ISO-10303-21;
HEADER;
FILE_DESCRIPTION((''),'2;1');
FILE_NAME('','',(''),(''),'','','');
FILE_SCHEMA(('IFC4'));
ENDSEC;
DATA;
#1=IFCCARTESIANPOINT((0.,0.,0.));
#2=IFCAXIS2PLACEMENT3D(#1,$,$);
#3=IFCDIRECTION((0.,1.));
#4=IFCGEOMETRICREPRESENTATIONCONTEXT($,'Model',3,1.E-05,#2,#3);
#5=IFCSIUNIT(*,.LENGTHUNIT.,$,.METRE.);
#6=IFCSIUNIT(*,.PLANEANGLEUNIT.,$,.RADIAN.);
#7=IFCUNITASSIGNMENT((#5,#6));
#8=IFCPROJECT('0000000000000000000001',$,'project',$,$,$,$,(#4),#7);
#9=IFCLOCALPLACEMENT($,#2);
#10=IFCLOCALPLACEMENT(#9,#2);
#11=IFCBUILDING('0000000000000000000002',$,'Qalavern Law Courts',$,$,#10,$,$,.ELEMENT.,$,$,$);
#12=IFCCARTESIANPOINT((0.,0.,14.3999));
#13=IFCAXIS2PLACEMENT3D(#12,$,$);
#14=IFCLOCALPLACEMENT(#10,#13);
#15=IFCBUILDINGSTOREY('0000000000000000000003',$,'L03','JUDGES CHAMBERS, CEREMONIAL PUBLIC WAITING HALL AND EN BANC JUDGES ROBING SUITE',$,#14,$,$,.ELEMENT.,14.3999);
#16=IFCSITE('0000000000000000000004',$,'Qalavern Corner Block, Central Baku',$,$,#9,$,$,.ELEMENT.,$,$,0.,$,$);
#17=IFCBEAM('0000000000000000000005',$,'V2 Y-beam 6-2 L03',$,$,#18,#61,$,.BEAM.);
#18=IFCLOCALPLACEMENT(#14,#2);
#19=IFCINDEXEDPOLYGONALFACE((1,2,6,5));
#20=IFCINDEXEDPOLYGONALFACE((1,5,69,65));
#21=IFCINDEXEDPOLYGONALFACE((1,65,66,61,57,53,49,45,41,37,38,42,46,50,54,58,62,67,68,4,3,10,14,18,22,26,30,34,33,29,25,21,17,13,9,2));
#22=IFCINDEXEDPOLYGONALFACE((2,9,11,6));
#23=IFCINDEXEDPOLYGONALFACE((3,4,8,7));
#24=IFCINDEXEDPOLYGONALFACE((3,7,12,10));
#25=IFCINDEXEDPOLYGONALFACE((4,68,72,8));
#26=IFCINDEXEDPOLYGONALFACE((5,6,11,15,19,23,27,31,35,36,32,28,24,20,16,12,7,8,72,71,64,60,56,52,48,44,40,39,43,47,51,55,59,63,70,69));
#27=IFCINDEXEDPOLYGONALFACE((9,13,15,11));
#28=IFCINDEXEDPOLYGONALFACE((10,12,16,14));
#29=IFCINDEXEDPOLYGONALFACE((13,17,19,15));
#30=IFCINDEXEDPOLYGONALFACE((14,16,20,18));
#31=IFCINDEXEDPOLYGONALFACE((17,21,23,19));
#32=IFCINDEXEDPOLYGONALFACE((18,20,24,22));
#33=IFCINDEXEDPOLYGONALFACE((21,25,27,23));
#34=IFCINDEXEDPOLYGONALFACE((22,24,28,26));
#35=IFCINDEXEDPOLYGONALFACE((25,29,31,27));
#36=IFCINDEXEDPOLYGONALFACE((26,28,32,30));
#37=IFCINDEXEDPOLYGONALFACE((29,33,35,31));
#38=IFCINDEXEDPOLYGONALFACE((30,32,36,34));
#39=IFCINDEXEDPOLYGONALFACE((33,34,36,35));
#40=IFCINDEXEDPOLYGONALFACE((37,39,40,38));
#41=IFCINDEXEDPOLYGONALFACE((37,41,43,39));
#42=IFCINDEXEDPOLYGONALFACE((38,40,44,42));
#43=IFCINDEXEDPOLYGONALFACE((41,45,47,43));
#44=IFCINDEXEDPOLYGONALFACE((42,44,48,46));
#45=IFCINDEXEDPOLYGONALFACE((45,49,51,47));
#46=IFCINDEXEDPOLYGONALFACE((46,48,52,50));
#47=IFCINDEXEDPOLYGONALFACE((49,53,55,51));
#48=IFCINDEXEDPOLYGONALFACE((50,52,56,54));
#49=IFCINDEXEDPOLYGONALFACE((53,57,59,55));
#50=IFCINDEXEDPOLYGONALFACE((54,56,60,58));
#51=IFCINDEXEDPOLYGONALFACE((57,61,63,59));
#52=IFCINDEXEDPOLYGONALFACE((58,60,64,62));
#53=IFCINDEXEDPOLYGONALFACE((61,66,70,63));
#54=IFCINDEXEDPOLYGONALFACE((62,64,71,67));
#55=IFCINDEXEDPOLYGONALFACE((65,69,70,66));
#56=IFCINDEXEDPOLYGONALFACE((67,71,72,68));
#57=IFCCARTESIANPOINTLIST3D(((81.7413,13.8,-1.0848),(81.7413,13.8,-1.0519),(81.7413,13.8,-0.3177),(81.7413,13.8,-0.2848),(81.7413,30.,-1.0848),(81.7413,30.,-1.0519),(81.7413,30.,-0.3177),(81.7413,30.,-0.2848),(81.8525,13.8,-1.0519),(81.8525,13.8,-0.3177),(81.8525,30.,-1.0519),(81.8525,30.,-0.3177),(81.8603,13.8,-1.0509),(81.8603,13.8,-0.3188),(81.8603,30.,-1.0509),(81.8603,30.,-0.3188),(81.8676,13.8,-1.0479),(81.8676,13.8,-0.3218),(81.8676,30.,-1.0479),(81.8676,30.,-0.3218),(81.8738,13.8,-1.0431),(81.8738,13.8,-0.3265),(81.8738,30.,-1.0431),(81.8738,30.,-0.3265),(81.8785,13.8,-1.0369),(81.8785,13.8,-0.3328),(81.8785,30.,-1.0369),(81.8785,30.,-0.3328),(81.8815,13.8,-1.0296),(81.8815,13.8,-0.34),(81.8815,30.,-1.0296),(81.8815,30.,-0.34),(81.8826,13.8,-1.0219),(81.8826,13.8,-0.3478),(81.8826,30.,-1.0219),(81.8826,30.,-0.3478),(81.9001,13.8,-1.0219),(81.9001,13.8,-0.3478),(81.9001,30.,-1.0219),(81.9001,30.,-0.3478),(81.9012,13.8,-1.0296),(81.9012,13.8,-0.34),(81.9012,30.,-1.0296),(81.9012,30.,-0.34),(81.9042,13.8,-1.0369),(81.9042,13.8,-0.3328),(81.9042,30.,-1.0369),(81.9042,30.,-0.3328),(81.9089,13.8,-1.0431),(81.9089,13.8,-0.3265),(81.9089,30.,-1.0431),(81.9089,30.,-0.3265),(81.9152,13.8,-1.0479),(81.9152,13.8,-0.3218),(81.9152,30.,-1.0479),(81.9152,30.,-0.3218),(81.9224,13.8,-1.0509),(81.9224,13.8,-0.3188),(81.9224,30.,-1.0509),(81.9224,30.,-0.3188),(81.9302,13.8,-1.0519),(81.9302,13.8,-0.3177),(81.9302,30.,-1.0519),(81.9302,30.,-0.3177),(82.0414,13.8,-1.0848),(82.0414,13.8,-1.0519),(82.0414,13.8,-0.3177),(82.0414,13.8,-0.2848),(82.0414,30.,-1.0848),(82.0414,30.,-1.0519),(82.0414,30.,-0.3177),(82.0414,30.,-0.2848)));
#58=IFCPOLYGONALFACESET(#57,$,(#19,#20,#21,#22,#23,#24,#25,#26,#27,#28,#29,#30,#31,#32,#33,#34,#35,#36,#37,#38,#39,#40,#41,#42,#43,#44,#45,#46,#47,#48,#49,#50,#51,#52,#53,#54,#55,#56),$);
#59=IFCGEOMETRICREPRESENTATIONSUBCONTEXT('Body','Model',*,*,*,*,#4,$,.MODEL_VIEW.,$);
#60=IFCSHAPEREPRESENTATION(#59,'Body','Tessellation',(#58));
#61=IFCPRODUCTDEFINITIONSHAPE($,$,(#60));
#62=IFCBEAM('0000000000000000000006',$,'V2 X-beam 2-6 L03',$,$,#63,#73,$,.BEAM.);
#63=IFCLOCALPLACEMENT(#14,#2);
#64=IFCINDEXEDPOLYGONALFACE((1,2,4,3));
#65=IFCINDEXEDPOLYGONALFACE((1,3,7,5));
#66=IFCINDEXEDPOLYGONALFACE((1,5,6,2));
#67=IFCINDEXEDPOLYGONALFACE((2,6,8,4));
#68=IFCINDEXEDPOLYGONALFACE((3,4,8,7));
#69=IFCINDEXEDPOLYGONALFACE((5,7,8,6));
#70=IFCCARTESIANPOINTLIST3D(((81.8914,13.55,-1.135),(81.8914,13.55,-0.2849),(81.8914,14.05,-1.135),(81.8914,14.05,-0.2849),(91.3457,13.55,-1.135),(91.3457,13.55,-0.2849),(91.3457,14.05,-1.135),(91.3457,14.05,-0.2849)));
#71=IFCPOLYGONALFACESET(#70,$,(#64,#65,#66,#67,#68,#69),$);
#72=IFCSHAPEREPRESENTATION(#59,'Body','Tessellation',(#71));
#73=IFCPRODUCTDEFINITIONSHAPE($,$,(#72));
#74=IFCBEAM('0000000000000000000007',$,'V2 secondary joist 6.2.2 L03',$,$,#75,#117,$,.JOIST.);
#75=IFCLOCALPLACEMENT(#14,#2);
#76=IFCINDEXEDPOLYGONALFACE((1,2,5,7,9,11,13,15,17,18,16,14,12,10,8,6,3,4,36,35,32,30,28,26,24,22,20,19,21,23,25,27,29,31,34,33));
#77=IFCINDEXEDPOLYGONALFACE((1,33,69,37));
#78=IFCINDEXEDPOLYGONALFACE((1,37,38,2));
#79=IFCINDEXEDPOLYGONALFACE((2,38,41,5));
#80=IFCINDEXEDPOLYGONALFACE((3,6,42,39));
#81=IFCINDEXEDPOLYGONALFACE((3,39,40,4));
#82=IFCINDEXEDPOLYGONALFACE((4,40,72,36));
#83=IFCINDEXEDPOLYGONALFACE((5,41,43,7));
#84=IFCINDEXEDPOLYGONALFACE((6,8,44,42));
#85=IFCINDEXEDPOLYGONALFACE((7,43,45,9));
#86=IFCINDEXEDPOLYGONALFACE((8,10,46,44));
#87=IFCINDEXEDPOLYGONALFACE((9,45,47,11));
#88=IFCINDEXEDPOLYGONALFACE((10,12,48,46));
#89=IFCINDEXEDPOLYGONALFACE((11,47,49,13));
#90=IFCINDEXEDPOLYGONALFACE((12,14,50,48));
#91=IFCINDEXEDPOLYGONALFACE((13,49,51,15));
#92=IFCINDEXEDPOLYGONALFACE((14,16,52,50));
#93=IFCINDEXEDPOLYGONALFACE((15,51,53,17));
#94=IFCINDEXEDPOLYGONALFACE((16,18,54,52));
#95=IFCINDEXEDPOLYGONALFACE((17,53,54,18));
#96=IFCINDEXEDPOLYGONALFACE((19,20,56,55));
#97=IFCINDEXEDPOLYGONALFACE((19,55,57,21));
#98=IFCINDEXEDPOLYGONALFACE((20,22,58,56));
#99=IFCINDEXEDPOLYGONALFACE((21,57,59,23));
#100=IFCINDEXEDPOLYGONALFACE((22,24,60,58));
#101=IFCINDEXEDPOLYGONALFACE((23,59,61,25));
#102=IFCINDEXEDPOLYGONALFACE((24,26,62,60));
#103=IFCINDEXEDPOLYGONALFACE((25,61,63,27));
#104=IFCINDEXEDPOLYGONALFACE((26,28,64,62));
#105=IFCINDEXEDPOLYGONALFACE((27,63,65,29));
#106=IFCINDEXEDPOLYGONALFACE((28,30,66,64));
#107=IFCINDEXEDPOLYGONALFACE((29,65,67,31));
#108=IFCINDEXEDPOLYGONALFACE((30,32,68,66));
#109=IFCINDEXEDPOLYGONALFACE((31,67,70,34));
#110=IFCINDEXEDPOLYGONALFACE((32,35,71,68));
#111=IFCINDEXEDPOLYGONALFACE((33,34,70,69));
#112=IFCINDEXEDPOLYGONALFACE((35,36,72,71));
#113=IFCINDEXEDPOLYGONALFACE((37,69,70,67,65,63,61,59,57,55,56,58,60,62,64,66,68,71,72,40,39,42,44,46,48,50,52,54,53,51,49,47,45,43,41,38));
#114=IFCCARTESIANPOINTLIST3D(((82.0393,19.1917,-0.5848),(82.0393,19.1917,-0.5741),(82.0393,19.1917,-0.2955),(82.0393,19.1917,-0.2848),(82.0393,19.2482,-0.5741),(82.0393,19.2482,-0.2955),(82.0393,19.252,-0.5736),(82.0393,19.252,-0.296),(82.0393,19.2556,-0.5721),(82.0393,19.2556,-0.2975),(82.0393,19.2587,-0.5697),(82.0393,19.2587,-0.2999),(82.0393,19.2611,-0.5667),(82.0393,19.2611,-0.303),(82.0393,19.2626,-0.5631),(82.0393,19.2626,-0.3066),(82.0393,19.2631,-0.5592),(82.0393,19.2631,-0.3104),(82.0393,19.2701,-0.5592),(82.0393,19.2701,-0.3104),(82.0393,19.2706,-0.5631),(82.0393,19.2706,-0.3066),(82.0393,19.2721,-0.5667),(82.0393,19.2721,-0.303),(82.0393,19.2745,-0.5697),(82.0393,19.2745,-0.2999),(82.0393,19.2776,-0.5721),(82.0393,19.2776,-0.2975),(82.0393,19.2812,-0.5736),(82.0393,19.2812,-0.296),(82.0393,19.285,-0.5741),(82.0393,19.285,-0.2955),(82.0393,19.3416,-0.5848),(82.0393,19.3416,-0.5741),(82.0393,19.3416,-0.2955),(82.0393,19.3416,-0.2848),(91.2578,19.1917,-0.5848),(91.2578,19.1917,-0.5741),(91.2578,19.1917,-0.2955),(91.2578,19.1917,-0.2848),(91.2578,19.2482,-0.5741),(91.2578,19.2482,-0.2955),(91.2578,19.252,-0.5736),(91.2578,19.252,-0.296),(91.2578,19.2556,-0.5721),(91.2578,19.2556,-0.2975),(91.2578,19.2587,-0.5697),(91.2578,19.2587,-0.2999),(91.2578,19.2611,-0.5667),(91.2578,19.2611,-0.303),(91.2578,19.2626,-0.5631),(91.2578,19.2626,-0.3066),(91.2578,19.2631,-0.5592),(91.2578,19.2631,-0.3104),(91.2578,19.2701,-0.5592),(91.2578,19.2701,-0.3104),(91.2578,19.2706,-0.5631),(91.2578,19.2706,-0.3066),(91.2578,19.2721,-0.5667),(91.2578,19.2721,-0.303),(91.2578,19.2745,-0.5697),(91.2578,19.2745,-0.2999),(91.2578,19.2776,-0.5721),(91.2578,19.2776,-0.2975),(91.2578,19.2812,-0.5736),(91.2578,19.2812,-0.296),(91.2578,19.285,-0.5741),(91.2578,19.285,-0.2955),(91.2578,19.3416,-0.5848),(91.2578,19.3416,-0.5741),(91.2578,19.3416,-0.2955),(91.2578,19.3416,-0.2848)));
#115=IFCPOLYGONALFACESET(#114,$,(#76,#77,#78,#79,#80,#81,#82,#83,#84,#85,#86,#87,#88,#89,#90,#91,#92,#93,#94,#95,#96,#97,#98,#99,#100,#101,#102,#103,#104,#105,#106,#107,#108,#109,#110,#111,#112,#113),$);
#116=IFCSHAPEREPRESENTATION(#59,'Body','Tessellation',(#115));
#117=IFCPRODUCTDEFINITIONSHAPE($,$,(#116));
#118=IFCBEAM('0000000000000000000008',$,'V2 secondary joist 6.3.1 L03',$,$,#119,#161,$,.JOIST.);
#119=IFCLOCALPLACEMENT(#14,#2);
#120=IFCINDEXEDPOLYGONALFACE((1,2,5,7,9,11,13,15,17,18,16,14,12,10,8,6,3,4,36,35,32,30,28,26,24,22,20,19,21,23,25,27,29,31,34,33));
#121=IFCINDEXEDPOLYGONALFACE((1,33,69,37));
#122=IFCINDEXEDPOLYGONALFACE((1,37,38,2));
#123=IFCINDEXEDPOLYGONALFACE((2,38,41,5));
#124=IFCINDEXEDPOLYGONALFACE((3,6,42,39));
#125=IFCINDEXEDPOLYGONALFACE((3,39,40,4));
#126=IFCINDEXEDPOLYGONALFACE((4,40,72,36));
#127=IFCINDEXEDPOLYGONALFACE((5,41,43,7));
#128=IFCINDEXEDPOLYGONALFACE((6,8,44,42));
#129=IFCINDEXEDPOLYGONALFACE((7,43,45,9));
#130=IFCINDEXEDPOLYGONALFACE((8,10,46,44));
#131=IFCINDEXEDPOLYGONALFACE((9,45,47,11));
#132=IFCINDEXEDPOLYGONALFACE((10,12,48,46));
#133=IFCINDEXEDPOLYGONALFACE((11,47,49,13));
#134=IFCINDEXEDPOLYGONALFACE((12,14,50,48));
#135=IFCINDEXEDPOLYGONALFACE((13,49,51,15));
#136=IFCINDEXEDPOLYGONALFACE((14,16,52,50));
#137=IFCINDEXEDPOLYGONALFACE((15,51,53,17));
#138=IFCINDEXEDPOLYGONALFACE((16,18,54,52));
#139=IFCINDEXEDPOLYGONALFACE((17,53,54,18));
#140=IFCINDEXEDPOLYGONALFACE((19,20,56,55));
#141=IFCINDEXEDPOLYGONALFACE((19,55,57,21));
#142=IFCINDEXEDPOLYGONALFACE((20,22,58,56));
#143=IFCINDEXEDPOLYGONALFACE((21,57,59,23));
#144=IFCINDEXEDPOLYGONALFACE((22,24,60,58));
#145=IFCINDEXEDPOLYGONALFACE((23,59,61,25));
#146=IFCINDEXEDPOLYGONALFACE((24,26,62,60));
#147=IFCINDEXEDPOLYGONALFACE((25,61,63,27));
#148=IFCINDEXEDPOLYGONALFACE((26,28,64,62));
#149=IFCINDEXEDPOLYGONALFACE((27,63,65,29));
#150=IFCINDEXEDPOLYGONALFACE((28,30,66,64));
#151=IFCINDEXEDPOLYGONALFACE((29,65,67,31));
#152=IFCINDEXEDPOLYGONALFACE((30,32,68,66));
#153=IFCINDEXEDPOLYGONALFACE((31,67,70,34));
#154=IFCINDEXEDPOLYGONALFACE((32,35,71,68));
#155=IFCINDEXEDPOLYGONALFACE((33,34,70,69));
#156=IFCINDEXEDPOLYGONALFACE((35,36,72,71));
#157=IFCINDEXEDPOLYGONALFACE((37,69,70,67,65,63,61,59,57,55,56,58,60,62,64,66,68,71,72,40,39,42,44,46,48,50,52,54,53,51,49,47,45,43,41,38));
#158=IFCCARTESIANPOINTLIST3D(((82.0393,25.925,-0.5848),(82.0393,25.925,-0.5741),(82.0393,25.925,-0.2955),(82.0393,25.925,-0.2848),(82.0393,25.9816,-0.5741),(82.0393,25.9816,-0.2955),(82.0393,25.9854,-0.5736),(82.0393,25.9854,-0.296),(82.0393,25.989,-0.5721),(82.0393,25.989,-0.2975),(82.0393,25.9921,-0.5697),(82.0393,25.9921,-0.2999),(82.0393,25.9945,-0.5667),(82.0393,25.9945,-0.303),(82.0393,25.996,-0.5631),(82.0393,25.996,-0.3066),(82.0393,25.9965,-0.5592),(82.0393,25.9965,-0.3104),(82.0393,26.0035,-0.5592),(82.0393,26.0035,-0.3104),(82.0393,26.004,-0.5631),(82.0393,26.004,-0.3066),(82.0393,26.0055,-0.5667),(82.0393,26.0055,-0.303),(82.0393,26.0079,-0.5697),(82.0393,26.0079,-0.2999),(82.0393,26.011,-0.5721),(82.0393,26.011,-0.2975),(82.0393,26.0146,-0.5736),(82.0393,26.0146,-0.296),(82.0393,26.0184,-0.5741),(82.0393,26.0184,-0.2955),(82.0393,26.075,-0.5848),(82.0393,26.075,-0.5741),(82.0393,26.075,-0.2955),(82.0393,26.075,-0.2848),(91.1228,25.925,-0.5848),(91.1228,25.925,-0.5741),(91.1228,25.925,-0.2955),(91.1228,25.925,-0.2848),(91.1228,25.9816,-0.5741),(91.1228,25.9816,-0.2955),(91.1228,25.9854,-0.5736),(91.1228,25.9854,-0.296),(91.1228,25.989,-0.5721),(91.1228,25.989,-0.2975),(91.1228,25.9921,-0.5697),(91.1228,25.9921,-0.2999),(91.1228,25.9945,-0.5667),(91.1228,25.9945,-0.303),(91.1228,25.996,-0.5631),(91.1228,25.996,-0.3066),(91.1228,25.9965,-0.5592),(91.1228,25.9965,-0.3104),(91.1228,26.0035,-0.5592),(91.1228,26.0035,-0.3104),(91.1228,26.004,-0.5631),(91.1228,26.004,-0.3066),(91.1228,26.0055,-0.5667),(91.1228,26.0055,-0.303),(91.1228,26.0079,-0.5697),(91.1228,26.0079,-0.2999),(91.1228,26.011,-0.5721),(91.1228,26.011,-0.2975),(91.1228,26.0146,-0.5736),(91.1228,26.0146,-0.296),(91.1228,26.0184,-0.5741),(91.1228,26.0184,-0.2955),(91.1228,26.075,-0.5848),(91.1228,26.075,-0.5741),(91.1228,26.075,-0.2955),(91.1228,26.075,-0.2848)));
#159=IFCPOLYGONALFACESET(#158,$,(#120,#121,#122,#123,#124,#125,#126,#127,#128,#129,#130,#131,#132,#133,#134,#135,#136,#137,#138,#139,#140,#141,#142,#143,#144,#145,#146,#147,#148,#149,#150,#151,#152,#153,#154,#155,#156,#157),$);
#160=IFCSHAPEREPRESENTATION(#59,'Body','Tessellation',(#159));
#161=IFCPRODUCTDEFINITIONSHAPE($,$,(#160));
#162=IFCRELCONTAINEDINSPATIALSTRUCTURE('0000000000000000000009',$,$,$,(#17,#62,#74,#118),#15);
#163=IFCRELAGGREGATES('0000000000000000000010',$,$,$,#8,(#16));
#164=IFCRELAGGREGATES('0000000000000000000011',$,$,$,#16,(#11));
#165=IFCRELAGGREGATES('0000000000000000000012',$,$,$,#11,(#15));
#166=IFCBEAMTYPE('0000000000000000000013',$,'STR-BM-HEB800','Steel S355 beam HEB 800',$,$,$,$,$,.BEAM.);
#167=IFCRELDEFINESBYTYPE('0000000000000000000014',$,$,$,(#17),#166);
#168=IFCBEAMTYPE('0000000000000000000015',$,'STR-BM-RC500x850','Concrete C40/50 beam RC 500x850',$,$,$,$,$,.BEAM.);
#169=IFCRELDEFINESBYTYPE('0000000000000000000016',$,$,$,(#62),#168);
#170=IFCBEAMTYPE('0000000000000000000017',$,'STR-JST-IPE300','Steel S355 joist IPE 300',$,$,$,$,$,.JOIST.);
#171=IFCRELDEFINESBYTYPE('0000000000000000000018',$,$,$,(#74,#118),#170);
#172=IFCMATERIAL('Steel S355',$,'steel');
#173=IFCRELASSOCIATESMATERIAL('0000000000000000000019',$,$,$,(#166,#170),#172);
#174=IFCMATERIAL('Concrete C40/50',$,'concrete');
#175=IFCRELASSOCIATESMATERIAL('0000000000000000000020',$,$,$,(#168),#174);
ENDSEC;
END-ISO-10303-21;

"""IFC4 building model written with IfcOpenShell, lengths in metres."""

from ifc_helpers import new_model, si_unit, direction, frame, origin, origin_2d, place, context, subcontext, project, spatial, rectangle, i_section, extrude, material, material_profile, profile_set, type_object, element, save


model = new_model("IFC4")

# Units and contexts
model_context = context("Model", 3, precision=1e-05, world=origin(), true_north=direction((0.0, 1.0)))
body_context = subcontext(model_context, "Body", "Model", "MODEL_VIEW")
ifc_project = project(units=[si_unit("LENGTHUNIT", "METRE"), si_unit("PLANEANGLEUNIT", "RADIAN")], contexts=[model_context])

# Site, building, storey
site_placement = place(None, origin())
site = spatial("IfcSite", under=ifc_project, at=site_placement, Name="Qalavern Corner Block, Central Baku", CompositionType="ELEMENT", RefElevation=0.0)
building_placement = place(site_placement, origin())
building = spatial("IfcBuilding", under=site, at=building_placement, Name="Qalavern Law Courts", CompositionType="ELEMENT")
storey_placement = place(building_placement, frame((0.0, 0.0, 14.3999)))
storey = spatial("IfcBuildingStorey", under=building, at=storey_placement, Name="L03", Description="JUDGES CHAMBERS, CEREMONIAL PUBLIC WAITING HALL AND EN BANC JUDGES ROBING SUITE", CompositionType="ELEMENT", Elevation=14.3999)

# Beams
ifc_material_1 = material(Name="Steel S355", Category="steel")
ifc_material_profile_1 = material_profile(ifc_material_1, i_section(OverallWidth=0.3, OverallDepth=0.8, WebThickness=0.0176, FlangeThickness=0.033, FilletRadius=0.03, at=origin_2d()), Name="HEB 800")
ifc_profile_set_1 = profile_set([ifc_material_profile_1], Name="Steel S355")
beam_type_1 = type_object("IfcBeamType", Name="STR-BM-HEB800", Description="Steel S355 beam HEB 800", PredefinedType="BEAM", material=ifc_profile_set_1)
beam_1_placement = place(storey_placement, frame((81.8914, 13.8, -0.6848), z_axis=(0.0, 1.0, 0.0), x_axis=(-1.0, 0.0, 0.0)))
element("IfcBeam", 1, at=beam_1_placement, inside=storey, type_object=beam_type_1, Name="V2 Y-beam 6-2 L03", PredefinedType="BEAM", context=body_context, shape_type="SweptSolid", body=[
    extrude(i_section(OverallWidth=0.3, OverallDepth=0.8, WebThickness=0.0176, FlangeThickness=0.033, FilletRadius=0.03, at=origin_2d()), origin(), (0.0, 0.0, 1.0), 16.2),
])
ifc_material_2 = material(Name="Concrete C40/50", Category="concrete")
ifc_material_profile_2 = material_profile(ifc_material_2, rectangle(XDim=0.5, YDim=0.8501, at=origin_2d()), Name="RC 500x850")
ifc_profile_set_2 = profile_set([ifc_material_profile_2], Name="Concrete C40/50")
beam_type_2 = type_object("IfcBeamType", Name="STR-BM-RC500x850", Description="Concrete C40/50 beam RC 500x850", PredefinedType="BEAM", material=ifc_profile_set_2)
beam_2_placement = place(storey_placement, frame((81.8914, 13.8, -0.71), z_axis=(1.0, 0.0, 0.0), x_axis=(0.0, 1.0, 0.0)))
element("IfcBeam", 2, at=beam_2_placement, inside=storey, type_object=beam_type_2, Name="V2 X-beam 2-6 L03", PredefinedType="BEAM", context=body_context, shape_type="SweptSolid", body=[
    extrude(rectangle(XDim=0.5, YDim=0.8501, at=origin_2d()), origin(), (0.0, 0.0, 1.0), 9.4543),
])
ifc_material_profile_3 = material_profile(ifc_material_1, i_section(OverallWidth=0.1499, OverallDepth=0.3, WebThickness=0.0071, FlangeThickness=0.0107, FilletRadius=0.0149, at=origin_2d()), Name="IPE 300")
ifc_profile_set_3 = profile_set([ifc_material_profile_3], Name="Steel S355")
beam_type_3 = type_object("IfcBeamType", Name="STR-JST-IPE300", Description="Steel S355 joist IPE 300", PredefinedType="JOIST", material=ifc_profile_set_3)
beam_3_placement = place(storey_placement, frame((82.0393, 19.2666, -0.4348), z_axis=(1.0, 0.0, 0.0), x_axis=(0.0, 1.0, 0.0)))
element("IfcBeam", 3, at=beam_3_placement, inside=storey, type_object=beam_type_3, Name="V2 secondary joist 6.2.2 L03", PredefinedType="JOIST", context=body_context, shape_type="SweptSolid", body=[
    extrude(i_section(OverallWidth=0.1499, OverallDepth=0.3, WebThickness=0.0071, FlangeThickness=0.0107, FilletRadius=0.0149, at=origin_2d()), origin(), (0.0, 0.0, 1.0), 9.2185),
])
beam_4_placement = place(storey_placement, frame((82.0393, 26.0, -0.4348), z_axis=(1.0, 0.0, 0.0), x_axis=(0.0, 1.0, 0.0)))
element("IfcBeam", 4, at=beam_4_placement, inside=storey, type_object=beam_type_3, Name="V2 secondary joist 6.3.1 L03", PredefinedType="JOIST", context=body_context, shape_type="SweptSolid", body=[
    extrude(i_section(OverallWidth=0.1499, OverallDepth=0.3, WebThickness=0.0071, FlangeThickness=0.0107, FilletRadius=0.0149, at=origin_2d()), origin(), (0.0, 0.0, 1.0), 9.0835),
])

save(model, "model.ifc")
